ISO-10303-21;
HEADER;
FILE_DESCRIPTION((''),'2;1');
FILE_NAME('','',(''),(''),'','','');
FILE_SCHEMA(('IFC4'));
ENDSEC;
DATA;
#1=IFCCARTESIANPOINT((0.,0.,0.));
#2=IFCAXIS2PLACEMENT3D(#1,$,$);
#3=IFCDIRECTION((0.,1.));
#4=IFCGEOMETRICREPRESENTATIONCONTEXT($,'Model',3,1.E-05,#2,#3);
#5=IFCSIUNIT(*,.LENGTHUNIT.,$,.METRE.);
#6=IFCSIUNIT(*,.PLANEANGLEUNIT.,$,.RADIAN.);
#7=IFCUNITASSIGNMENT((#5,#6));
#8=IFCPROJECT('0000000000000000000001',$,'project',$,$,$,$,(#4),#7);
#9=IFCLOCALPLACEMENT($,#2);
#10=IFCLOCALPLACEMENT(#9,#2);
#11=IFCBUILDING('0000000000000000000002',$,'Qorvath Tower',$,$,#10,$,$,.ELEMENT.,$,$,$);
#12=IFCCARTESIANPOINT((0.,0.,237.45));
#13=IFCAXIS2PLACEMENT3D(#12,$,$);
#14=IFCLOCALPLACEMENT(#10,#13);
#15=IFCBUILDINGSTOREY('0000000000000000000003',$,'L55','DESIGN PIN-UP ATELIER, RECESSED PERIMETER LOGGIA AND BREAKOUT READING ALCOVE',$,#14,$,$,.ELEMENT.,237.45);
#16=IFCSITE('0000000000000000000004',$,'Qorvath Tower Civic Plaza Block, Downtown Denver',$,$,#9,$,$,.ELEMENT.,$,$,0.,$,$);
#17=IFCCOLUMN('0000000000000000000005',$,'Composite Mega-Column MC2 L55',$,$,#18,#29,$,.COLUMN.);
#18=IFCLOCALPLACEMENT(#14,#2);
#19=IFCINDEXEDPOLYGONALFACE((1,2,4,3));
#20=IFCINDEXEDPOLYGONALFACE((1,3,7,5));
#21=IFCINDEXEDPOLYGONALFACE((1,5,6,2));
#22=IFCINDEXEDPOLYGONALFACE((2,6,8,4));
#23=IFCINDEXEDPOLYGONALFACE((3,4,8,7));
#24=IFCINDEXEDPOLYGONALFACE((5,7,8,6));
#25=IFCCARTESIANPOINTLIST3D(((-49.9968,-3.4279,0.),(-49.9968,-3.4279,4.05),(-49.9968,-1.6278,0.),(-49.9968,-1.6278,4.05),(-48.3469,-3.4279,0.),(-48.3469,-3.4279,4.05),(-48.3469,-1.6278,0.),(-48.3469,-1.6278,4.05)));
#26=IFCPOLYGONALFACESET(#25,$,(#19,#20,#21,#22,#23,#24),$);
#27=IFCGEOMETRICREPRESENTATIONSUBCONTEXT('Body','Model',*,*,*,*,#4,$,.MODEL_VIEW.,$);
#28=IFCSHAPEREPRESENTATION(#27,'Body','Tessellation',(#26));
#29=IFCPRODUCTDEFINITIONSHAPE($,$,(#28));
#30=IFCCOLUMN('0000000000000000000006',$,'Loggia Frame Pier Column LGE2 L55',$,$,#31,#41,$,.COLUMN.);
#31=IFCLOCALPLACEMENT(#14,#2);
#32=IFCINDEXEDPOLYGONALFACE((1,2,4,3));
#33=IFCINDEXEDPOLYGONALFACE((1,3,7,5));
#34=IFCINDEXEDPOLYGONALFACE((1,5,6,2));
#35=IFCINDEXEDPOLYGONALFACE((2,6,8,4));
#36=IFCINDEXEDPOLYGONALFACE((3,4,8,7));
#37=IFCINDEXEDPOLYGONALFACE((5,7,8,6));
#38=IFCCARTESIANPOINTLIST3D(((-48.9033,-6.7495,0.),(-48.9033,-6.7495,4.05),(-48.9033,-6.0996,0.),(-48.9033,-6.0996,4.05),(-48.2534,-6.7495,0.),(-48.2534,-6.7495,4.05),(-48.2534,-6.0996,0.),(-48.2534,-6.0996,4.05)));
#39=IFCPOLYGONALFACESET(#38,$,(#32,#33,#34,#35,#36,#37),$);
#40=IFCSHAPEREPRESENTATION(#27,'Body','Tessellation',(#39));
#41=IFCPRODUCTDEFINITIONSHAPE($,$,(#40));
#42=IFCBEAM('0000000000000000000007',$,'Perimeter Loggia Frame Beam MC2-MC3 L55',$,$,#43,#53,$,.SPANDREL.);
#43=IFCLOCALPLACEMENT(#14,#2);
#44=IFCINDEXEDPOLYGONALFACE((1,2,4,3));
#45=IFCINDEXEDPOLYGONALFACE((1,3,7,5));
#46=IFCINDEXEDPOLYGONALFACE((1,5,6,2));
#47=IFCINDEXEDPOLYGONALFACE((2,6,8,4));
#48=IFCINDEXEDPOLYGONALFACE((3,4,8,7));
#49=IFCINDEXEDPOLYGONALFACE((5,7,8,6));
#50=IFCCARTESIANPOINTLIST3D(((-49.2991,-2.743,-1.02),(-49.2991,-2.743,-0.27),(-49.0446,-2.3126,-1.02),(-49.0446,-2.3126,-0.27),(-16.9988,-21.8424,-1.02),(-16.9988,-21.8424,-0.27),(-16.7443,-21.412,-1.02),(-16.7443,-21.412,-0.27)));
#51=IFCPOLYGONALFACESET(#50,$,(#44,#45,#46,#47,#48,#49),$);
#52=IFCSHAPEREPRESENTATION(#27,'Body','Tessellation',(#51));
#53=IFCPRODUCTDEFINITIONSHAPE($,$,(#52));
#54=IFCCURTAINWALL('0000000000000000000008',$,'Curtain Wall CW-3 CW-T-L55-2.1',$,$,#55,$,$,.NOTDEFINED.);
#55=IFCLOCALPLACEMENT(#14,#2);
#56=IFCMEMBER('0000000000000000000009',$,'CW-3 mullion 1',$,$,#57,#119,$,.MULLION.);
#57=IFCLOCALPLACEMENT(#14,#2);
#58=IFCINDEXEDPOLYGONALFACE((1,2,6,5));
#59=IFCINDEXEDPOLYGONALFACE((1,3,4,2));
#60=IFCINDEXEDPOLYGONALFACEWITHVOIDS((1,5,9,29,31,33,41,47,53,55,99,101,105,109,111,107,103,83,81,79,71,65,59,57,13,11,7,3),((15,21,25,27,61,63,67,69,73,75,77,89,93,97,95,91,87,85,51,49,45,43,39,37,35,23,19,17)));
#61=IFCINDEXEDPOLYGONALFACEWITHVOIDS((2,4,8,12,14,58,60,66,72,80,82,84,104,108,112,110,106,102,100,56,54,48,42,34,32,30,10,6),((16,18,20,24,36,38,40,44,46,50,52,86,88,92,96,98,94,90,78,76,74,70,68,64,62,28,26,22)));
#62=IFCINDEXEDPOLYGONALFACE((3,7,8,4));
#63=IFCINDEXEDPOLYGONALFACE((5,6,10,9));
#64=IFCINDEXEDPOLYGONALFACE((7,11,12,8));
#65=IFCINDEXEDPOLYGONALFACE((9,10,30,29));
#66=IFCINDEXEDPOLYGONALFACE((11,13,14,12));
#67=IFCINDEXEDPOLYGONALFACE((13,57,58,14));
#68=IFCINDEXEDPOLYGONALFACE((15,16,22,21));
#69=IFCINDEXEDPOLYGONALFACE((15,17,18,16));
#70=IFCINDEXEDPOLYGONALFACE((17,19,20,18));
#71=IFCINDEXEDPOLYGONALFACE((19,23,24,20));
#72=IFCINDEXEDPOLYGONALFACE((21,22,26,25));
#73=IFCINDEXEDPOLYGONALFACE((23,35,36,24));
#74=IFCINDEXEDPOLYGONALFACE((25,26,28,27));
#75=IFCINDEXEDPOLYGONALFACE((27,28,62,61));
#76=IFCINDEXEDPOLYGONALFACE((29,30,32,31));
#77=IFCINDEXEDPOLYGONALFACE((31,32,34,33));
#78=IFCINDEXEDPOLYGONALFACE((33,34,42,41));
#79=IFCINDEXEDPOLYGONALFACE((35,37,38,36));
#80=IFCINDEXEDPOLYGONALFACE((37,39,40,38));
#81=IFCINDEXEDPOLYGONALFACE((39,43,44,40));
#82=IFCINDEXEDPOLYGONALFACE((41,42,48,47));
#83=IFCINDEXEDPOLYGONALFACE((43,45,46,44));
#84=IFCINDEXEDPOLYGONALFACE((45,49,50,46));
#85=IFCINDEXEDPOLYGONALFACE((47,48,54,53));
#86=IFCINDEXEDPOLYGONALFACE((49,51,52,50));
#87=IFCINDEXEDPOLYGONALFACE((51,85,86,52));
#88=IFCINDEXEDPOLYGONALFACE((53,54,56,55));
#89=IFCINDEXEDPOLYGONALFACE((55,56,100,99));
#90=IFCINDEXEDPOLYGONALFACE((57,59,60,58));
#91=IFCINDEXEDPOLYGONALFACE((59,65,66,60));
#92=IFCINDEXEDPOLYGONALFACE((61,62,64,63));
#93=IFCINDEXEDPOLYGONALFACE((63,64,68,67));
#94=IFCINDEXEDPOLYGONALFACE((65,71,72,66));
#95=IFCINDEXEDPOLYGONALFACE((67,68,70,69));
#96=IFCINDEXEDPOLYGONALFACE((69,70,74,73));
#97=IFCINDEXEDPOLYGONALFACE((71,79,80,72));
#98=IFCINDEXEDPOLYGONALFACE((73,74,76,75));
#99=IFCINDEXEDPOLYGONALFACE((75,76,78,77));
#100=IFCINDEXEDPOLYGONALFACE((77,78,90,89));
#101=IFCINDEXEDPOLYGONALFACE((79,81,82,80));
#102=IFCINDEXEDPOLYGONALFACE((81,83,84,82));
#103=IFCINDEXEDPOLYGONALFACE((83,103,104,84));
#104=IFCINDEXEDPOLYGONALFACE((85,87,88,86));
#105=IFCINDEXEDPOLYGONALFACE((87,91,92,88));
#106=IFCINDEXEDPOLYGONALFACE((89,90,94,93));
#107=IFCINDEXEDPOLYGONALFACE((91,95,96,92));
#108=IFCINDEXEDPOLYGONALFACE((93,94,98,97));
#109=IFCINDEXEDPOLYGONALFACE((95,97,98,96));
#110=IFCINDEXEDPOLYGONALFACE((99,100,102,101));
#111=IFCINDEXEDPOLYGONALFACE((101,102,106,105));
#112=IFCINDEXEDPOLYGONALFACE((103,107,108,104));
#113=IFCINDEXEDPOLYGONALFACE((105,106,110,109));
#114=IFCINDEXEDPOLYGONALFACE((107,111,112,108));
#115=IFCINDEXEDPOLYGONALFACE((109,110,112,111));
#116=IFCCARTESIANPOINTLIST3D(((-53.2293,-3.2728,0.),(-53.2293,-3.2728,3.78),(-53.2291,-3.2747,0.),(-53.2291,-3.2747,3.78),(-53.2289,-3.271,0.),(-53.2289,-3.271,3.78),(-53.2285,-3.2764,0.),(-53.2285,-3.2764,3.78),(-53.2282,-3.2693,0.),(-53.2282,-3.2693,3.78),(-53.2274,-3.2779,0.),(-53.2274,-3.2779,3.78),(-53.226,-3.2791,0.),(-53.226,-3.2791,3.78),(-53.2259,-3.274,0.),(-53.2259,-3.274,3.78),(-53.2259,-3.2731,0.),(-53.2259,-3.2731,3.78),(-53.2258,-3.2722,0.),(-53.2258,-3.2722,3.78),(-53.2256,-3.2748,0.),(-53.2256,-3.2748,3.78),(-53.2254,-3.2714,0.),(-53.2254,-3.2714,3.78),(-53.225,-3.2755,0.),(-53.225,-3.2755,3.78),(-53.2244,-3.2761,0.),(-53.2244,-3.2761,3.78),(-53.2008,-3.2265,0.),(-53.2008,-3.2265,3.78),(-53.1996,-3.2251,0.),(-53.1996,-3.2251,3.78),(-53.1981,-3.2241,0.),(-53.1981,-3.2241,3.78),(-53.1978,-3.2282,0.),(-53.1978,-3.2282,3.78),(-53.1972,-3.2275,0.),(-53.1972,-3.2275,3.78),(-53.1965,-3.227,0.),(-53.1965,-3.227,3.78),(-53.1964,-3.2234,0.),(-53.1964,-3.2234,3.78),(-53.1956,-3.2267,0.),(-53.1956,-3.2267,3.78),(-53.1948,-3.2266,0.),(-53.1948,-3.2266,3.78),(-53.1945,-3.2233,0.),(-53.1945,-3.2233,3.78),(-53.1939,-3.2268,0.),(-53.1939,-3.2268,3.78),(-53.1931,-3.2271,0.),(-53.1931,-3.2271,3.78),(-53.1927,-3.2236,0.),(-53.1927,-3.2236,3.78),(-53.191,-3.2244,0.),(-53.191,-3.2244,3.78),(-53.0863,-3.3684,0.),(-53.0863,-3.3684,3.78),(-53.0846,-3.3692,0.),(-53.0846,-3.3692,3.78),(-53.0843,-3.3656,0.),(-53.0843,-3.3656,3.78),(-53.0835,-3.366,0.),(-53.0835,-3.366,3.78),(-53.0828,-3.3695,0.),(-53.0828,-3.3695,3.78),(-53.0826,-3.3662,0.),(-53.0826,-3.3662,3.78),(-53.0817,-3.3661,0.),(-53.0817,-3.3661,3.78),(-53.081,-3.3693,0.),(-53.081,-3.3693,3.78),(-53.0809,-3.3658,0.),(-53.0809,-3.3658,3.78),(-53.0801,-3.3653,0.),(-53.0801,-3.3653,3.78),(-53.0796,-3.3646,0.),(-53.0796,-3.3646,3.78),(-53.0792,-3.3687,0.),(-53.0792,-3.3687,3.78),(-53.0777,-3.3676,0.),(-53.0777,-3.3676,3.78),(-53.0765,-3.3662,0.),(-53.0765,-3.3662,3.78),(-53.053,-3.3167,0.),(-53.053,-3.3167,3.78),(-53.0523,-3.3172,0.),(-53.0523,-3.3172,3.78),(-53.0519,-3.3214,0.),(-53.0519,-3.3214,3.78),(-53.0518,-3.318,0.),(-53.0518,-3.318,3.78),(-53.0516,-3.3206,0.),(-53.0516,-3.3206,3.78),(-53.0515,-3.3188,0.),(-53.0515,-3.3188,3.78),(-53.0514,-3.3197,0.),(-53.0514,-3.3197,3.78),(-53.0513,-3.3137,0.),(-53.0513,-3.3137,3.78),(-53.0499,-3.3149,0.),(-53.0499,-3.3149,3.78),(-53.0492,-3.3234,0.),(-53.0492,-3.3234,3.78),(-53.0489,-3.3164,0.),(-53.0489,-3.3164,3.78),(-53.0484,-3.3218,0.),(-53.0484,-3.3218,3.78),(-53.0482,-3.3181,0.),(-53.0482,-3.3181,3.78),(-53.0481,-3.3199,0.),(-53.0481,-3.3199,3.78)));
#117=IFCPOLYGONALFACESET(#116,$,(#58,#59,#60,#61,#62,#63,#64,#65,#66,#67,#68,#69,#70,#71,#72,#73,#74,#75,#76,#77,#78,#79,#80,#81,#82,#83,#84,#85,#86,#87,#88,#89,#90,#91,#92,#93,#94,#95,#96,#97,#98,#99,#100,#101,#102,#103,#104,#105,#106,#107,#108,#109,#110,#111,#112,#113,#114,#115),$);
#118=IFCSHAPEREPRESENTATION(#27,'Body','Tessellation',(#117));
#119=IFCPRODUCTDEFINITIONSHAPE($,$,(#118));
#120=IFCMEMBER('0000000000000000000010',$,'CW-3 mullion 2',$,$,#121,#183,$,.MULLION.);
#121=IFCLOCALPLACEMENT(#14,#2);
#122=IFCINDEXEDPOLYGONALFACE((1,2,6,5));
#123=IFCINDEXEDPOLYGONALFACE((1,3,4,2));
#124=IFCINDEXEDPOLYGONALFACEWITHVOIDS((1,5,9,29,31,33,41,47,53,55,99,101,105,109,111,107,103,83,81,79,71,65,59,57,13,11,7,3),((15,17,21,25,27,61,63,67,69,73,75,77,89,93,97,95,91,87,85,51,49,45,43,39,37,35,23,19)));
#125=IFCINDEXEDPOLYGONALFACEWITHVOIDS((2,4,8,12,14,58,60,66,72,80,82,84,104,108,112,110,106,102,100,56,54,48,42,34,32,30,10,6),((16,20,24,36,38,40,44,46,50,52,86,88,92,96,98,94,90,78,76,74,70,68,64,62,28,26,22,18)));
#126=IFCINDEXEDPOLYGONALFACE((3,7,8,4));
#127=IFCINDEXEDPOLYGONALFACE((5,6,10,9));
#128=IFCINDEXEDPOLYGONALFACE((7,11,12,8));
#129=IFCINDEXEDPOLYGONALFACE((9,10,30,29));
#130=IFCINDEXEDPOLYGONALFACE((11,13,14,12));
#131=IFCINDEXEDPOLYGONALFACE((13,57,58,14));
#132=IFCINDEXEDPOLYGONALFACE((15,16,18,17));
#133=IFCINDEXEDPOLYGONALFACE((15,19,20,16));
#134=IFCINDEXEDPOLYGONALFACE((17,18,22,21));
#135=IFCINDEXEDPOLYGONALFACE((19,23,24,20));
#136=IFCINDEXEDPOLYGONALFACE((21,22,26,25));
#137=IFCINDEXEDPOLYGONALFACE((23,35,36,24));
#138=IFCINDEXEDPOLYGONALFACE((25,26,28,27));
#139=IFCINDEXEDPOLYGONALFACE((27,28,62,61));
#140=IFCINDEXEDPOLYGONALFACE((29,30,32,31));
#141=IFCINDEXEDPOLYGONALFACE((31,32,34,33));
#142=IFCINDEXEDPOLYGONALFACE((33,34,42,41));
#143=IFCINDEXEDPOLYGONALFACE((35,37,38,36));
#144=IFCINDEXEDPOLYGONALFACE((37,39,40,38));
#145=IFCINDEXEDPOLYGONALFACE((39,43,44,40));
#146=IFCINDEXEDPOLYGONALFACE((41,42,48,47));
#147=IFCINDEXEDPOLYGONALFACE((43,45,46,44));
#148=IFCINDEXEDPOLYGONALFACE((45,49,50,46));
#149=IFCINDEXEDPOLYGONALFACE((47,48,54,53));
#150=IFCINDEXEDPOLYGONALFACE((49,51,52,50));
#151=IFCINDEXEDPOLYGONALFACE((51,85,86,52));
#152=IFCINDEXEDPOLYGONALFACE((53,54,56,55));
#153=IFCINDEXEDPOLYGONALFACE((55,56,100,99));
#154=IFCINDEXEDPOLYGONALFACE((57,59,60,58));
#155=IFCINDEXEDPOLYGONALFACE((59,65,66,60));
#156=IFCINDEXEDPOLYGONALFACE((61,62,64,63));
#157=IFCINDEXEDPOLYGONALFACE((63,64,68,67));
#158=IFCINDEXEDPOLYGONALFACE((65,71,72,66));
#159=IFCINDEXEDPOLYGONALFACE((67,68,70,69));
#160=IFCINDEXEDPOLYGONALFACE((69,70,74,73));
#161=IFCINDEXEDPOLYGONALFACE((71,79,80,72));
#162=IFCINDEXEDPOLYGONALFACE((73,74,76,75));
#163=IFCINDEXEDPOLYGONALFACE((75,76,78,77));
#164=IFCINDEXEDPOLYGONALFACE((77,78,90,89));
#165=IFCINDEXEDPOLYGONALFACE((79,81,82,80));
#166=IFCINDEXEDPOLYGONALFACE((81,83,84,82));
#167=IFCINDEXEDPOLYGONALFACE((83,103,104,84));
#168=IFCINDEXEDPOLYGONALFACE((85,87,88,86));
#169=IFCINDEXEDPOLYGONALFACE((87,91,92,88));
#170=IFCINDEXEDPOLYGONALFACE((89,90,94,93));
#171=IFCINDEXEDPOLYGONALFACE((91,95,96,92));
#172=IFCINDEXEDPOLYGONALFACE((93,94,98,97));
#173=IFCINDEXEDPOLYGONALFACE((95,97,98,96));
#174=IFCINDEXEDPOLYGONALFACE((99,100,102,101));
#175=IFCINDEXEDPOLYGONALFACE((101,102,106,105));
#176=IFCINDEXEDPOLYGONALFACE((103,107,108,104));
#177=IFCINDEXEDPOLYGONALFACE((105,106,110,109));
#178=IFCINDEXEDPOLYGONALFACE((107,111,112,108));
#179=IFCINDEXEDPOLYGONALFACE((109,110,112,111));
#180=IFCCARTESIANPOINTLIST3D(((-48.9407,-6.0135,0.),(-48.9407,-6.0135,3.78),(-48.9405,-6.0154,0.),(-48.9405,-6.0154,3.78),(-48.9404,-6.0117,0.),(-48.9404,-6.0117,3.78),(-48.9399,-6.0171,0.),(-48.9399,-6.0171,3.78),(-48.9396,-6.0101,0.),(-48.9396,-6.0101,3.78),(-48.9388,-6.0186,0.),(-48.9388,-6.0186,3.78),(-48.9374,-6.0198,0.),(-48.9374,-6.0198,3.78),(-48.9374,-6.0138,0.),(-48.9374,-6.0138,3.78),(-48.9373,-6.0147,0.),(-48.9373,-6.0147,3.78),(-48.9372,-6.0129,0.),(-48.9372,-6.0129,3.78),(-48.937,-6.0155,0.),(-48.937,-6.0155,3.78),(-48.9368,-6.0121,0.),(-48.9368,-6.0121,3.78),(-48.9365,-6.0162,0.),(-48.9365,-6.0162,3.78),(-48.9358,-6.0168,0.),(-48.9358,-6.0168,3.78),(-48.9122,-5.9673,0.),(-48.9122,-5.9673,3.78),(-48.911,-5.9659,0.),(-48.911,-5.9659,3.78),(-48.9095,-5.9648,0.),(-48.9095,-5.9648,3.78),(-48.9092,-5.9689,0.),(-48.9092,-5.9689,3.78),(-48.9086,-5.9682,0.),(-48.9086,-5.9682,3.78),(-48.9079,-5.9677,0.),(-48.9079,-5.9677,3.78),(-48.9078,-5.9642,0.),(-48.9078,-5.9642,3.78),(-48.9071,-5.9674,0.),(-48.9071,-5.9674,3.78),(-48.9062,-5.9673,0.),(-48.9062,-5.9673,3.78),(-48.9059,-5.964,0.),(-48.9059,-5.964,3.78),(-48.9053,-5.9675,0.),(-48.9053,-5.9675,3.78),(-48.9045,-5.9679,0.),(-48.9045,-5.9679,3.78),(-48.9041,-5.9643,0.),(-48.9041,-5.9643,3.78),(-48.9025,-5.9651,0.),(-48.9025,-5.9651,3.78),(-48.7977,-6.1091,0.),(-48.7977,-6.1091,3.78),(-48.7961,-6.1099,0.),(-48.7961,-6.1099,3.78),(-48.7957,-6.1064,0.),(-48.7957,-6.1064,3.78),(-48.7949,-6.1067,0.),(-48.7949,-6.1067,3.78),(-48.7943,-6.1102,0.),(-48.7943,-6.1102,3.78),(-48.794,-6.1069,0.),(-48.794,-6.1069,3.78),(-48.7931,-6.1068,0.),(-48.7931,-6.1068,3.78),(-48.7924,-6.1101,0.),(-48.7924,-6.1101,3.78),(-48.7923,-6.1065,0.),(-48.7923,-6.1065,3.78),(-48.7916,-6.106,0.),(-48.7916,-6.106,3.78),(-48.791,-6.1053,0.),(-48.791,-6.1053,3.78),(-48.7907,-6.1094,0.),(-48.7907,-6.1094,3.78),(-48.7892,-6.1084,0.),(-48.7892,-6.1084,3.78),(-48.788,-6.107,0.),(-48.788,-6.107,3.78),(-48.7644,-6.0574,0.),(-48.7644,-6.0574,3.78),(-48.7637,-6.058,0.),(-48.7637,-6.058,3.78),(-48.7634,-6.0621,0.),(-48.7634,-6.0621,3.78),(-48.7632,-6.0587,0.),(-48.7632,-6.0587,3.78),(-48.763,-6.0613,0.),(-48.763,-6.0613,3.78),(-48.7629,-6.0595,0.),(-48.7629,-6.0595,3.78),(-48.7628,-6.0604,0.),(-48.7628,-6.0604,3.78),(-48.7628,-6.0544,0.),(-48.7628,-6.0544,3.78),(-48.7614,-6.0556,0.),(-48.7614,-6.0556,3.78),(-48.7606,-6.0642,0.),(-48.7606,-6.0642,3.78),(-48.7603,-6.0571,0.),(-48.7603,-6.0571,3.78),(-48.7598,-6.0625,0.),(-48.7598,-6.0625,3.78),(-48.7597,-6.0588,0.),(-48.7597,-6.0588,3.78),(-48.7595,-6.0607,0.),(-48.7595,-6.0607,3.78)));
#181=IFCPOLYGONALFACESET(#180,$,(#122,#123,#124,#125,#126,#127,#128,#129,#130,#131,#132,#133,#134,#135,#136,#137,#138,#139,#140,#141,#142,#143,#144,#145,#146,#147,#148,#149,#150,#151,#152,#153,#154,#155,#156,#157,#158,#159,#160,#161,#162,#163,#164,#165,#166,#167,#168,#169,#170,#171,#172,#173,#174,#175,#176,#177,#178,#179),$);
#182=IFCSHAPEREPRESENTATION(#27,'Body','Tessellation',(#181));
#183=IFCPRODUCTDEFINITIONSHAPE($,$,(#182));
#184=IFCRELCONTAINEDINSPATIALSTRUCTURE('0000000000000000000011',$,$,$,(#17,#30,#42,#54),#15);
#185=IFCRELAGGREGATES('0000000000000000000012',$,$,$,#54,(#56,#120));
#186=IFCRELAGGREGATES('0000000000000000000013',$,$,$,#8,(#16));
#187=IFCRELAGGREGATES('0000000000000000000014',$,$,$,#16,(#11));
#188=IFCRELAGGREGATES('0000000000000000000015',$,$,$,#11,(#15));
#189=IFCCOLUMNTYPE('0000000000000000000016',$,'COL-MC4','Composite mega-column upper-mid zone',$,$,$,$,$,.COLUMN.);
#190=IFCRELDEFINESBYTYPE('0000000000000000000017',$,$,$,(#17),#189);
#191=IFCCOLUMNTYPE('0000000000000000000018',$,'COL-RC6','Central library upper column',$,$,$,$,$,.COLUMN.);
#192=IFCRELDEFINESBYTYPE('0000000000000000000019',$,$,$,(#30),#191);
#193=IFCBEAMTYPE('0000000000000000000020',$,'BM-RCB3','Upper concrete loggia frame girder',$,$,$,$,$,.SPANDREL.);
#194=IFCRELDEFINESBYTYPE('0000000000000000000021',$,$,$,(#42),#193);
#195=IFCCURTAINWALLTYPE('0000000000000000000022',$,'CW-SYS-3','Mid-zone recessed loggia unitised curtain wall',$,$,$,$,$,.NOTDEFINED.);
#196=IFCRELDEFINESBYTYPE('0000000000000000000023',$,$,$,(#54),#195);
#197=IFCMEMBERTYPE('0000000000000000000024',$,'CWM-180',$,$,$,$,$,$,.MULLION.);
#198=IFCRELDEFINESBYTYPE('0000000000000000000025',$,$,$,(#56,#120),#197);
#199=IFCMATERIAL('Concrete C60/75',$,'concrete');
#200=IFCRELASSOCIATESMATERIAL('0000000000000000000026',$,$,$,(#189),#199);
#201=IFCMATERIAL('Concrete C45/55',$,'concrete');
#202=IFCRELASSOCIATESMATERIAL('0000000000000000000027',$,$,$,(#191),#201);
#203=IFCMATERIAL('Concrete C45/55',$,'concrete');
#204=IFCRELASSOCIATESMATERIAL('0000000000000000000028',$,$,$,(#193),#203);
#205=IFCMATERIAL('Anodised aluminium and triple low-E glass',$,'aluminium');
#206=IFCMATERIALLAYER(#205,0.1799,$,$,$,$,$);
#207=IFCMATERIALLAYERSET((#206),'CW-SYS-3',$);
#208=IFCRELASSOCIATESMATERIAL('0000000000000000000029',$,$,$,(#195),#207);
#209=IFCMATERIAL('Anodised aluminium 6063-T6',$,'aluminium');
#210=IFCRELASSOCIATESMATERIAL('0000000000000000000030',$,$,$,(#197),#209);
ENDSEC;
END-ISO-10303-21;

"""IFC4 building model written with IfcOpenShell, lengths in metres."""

from ifc_helpers import new_model, si_unit, direction, frame, origin, origin_2d, place, context, subcontext, project, spatial, rectangle, hollow_rectangle, extrude, material, layer, layer_set, material_profile, profile_set, type_object, element, aggregate, save


model = new_model("IFC4")

# Units and contexts
model_context = context("Model", 3, precision=1e-05, world=origin(), true_north=direction((0.0, 1.0)))
body_context = subcontext(model_context, "Body", "Model", "MODEL_VIEW")
ifc_project = project(units=[si_unit("LENGTHUNIT", "METRE"), si_unit("PLANEANGLEUNIT", "RADIAN")], contexts=[model_context])

# Site, building, storey
site_placement = place(None, origin())
site = spatial("IfcSite", under=ifc_project, at=site_placement, Name="Qorvath Tower Civic Plaza Block, Downtown Denver", CompositionType="ELEMENT", RefElevation=0.0)
building_placement = place(site_placement, origin())
building = spatial("IfcBuilding", under=site, at=building_placement, Name="Qorvath Tower", CompositionType="ELEMENT")
storey_placement = place(building_placement, frame((0.0, 0.0, 237.45)))
storey = spatial("IfcBuildingStorey", under=building, at=storey_placement, Name="L55", Description="DESIGN PIN-UP ATELIER, RECESSED PERIMETER LOGGIA AND BREAKOUT READING ALCOVE", CompositionType="ELEMENT", Elevation=237.45)

# Columns
ifc_material_1 = material(Name="Concrete C60/75", Category="concrete")
ifc_material_profile_1 = material_profile(ifc_material_1, rectangle(XDim=1.6499, YDim=1.8, at=origin_2d()), Name="MC 1800x1650")
ifc_profile_set_1 = profile_set([ifc_material_profile_1], Name="Concrete C60/75")
column_type_1 = type_object("IfcColumnType", Name="COL-MC4", Description="Composite mega-column upper-mid zone", PredefinedType="COLUMN", material=ifc_profile_set_1)
column_1_placement = place(storey_placement, frame((-49.1719, -2.5278, 0.0), z_axis=(0.0, 0.0, 1.0), x_axis=(1.0, 0.0, 0.0)))
element("IfcColumn", 1, at=column_1_placement, inside=storey, type_object=column_type_1, Name="Composite Mega-Column MC2 L55", PredefinedType="COLUMN", context=body_context, shape_type="SweptSolid", body=[
    extrude(rectangle(XDim=1.6499, YDim=1.8, at=origin_2d()), origin(), (0.0, 0.0, 1.0), 4.05),
])
ifc_material_2 = material(Name="Concrete C45/55", Category="concrete")
ifc_material_profile_2 = material_profile(ifc_material_2, rectangle(XDim=0.6499, YDim=0.6499, at=origin_2d()), Name="RC 650x650")
ifc_profile_set_2 = profile_set([ifc_material_profile_2], Name="Concrete C45/55")
column_type_2 = type_object("IfcColumnType", Name="COL-RC6", Description="Central library upper column", PredefinedType="COLUMN", material=ifc_profile_set_2)
column_2_placement = place(storey_placement, frame((-48.5784, -6.4246, 0.0), z_axis=(0.0, 0.0, 1.0), x_axis=(1.0, 0.0, 0.0)))
element("IfcColumn", 2, at=column_2_placement, inside=storey, type_object=column_type_2, Name="Loggia Frame Pier Column LGE2 L55", PredefinedType="COLUMN", context=body_context, shape_type="SweptSolid", body=[
    extrude(rectangle(XDim=0.6499, YDim=0.6499, at=origin_2d()), origin(), (0.0, 0.0, 1.0), 4.05),
])

# Beam
ifc_material_3 = material(Name="Concrete C45/55", Category="concrete")
ifc_material_profile_3 = material_profile(ifc_material_3, rectangle(XDim=0.5, YDim=0.75, at=origin_2d()), Name="RCB 750x500")
ifc_profile_set_3 = profile_set([ifc_material_profile_3], Name="Concrete C45/55")
beam_type = type_object("IfcBeamType", Name="BM-RCB3", Description="Upper concrete loggia frame girder", PredefinedType="SPANDREL", material=ifc_profile_set_3)
beam_placement = place(storey_placement, frame((-49.1719, -2.5278, -0.645), z_axis=(0.860777, -0.508983, 0.0), x_axis=(0.508983, 0.860777, 0.0)))
element("IfcBeam", 3, at=beam_placement, inside=storey, type_object=beam_type, Name="Perimeter Loggia Frame Beam MC2-MC3 L55", PredefinedType="SPANDREL", context=body_context, shape_type="SweptSolid", body=[
    extrude(rectangle(XDim=0.5, YDim=0.75, at=origin_2d()), origin(), (0.0, 0.0, 1.0), 37.5247),
])

# Curtain wall, members
ifc_material_4 = material(Name="Anodised aluminium and triple low-E glass", Category="aluminium")
ifc_layer_1 = layer(ifc_material_4, 0.1799)
ifc_layer_set_1 = layer_set([ifc_layer_1], Name="CW-SYS-3")
curtain_wall_type = type_object("IfcCurtainWallType", Name="CW-SYS-3", Description="Mid-zone recessed loggia unitised curtain wall", PredefinedType="NOTDEFINED", material=ifc_layer_set_1)
curtain_wall_1_placement = place(storey_placement, origin())
curtain_wall_1 = element("IfcCurtainWall", 4, at=curtain_wall_1_placement, inside=storey, type_object=curtain_wall_type, Name="Curtain Wall CW-3 CW-T-L55-2.1", PredefinedType="NOTDEFINED")
ifc_material_5 = material(Name="Anodised aluminium 6063-T6", Category="aluminium")
ifc_material_profile_4 = material_profile(ifc_material_5, hollow_rectangle(XDim=0.0649, YDim=0.1799, WallThickness=0.0034, InnerFilletRadius=0.0034, OuterFilletRadius=0.0071, at=origin_2d()), Name="CWM 180x65")
ifc_profile_set_4 = profile_set([ifc_material_profile_4], Name="Anodised aluminium 6063-T6")
member_type_1 = type_object("IfcMemberType", Name="CWM-180", PredefinedType="MULLION", material=ifc_profile_set_4)
member_1_placement = place(storey_placement, frame((-53.1387, -3.2964, 0.0), z_axis=(0.0, 0.0, 1.0), x_axis=(0.538538, 0.842601, 0.0)))
member_1 = element("IfcMember", 5, at=member_1_placement, type_object=member_type_1, Name="CW-3 mullion 1", PredefinedType="MULLION", context=body_context, shape_type="SweptSolid", body=[
    extrude(hollow_rectangle(XDim=0.0649, YDim=0.1799, WallThickness=0.0034, InnerFilletRadius=0.0034, OuterFilletRadius=0.0071, at=origin_2d()), origin(), (0.0, 0.0, 1.0), 3.78),
])
member_2_placement = place(storey_placement, frame((-48.8501, -6.0371, 0.0), z_axis=(0.0, 0.0, 1.0), x_axis=(0.538538, 0.842601, 0.0)))
member_2 = element("IfcMember", 6, at=member_2_placement, type_object=member_type_1, Name="CW-3 mullion 2", PredefinedType="MULLION", context=body_context, shape_type="SweptSolid", body=[
    extrude(hollow_rectangle(XDim=0.0649, YDim=0.1799, WallThickness=0.0034, InnerFilletRadius=0.0034, OuterFilletRadius=0.0071, at=origin_2d()), origin(), (0.0, 0.0, 1.0), 3.78),
])

aggregate(curtain_wall_1, [member_1, member_2])

save(model, "model.ifc")
